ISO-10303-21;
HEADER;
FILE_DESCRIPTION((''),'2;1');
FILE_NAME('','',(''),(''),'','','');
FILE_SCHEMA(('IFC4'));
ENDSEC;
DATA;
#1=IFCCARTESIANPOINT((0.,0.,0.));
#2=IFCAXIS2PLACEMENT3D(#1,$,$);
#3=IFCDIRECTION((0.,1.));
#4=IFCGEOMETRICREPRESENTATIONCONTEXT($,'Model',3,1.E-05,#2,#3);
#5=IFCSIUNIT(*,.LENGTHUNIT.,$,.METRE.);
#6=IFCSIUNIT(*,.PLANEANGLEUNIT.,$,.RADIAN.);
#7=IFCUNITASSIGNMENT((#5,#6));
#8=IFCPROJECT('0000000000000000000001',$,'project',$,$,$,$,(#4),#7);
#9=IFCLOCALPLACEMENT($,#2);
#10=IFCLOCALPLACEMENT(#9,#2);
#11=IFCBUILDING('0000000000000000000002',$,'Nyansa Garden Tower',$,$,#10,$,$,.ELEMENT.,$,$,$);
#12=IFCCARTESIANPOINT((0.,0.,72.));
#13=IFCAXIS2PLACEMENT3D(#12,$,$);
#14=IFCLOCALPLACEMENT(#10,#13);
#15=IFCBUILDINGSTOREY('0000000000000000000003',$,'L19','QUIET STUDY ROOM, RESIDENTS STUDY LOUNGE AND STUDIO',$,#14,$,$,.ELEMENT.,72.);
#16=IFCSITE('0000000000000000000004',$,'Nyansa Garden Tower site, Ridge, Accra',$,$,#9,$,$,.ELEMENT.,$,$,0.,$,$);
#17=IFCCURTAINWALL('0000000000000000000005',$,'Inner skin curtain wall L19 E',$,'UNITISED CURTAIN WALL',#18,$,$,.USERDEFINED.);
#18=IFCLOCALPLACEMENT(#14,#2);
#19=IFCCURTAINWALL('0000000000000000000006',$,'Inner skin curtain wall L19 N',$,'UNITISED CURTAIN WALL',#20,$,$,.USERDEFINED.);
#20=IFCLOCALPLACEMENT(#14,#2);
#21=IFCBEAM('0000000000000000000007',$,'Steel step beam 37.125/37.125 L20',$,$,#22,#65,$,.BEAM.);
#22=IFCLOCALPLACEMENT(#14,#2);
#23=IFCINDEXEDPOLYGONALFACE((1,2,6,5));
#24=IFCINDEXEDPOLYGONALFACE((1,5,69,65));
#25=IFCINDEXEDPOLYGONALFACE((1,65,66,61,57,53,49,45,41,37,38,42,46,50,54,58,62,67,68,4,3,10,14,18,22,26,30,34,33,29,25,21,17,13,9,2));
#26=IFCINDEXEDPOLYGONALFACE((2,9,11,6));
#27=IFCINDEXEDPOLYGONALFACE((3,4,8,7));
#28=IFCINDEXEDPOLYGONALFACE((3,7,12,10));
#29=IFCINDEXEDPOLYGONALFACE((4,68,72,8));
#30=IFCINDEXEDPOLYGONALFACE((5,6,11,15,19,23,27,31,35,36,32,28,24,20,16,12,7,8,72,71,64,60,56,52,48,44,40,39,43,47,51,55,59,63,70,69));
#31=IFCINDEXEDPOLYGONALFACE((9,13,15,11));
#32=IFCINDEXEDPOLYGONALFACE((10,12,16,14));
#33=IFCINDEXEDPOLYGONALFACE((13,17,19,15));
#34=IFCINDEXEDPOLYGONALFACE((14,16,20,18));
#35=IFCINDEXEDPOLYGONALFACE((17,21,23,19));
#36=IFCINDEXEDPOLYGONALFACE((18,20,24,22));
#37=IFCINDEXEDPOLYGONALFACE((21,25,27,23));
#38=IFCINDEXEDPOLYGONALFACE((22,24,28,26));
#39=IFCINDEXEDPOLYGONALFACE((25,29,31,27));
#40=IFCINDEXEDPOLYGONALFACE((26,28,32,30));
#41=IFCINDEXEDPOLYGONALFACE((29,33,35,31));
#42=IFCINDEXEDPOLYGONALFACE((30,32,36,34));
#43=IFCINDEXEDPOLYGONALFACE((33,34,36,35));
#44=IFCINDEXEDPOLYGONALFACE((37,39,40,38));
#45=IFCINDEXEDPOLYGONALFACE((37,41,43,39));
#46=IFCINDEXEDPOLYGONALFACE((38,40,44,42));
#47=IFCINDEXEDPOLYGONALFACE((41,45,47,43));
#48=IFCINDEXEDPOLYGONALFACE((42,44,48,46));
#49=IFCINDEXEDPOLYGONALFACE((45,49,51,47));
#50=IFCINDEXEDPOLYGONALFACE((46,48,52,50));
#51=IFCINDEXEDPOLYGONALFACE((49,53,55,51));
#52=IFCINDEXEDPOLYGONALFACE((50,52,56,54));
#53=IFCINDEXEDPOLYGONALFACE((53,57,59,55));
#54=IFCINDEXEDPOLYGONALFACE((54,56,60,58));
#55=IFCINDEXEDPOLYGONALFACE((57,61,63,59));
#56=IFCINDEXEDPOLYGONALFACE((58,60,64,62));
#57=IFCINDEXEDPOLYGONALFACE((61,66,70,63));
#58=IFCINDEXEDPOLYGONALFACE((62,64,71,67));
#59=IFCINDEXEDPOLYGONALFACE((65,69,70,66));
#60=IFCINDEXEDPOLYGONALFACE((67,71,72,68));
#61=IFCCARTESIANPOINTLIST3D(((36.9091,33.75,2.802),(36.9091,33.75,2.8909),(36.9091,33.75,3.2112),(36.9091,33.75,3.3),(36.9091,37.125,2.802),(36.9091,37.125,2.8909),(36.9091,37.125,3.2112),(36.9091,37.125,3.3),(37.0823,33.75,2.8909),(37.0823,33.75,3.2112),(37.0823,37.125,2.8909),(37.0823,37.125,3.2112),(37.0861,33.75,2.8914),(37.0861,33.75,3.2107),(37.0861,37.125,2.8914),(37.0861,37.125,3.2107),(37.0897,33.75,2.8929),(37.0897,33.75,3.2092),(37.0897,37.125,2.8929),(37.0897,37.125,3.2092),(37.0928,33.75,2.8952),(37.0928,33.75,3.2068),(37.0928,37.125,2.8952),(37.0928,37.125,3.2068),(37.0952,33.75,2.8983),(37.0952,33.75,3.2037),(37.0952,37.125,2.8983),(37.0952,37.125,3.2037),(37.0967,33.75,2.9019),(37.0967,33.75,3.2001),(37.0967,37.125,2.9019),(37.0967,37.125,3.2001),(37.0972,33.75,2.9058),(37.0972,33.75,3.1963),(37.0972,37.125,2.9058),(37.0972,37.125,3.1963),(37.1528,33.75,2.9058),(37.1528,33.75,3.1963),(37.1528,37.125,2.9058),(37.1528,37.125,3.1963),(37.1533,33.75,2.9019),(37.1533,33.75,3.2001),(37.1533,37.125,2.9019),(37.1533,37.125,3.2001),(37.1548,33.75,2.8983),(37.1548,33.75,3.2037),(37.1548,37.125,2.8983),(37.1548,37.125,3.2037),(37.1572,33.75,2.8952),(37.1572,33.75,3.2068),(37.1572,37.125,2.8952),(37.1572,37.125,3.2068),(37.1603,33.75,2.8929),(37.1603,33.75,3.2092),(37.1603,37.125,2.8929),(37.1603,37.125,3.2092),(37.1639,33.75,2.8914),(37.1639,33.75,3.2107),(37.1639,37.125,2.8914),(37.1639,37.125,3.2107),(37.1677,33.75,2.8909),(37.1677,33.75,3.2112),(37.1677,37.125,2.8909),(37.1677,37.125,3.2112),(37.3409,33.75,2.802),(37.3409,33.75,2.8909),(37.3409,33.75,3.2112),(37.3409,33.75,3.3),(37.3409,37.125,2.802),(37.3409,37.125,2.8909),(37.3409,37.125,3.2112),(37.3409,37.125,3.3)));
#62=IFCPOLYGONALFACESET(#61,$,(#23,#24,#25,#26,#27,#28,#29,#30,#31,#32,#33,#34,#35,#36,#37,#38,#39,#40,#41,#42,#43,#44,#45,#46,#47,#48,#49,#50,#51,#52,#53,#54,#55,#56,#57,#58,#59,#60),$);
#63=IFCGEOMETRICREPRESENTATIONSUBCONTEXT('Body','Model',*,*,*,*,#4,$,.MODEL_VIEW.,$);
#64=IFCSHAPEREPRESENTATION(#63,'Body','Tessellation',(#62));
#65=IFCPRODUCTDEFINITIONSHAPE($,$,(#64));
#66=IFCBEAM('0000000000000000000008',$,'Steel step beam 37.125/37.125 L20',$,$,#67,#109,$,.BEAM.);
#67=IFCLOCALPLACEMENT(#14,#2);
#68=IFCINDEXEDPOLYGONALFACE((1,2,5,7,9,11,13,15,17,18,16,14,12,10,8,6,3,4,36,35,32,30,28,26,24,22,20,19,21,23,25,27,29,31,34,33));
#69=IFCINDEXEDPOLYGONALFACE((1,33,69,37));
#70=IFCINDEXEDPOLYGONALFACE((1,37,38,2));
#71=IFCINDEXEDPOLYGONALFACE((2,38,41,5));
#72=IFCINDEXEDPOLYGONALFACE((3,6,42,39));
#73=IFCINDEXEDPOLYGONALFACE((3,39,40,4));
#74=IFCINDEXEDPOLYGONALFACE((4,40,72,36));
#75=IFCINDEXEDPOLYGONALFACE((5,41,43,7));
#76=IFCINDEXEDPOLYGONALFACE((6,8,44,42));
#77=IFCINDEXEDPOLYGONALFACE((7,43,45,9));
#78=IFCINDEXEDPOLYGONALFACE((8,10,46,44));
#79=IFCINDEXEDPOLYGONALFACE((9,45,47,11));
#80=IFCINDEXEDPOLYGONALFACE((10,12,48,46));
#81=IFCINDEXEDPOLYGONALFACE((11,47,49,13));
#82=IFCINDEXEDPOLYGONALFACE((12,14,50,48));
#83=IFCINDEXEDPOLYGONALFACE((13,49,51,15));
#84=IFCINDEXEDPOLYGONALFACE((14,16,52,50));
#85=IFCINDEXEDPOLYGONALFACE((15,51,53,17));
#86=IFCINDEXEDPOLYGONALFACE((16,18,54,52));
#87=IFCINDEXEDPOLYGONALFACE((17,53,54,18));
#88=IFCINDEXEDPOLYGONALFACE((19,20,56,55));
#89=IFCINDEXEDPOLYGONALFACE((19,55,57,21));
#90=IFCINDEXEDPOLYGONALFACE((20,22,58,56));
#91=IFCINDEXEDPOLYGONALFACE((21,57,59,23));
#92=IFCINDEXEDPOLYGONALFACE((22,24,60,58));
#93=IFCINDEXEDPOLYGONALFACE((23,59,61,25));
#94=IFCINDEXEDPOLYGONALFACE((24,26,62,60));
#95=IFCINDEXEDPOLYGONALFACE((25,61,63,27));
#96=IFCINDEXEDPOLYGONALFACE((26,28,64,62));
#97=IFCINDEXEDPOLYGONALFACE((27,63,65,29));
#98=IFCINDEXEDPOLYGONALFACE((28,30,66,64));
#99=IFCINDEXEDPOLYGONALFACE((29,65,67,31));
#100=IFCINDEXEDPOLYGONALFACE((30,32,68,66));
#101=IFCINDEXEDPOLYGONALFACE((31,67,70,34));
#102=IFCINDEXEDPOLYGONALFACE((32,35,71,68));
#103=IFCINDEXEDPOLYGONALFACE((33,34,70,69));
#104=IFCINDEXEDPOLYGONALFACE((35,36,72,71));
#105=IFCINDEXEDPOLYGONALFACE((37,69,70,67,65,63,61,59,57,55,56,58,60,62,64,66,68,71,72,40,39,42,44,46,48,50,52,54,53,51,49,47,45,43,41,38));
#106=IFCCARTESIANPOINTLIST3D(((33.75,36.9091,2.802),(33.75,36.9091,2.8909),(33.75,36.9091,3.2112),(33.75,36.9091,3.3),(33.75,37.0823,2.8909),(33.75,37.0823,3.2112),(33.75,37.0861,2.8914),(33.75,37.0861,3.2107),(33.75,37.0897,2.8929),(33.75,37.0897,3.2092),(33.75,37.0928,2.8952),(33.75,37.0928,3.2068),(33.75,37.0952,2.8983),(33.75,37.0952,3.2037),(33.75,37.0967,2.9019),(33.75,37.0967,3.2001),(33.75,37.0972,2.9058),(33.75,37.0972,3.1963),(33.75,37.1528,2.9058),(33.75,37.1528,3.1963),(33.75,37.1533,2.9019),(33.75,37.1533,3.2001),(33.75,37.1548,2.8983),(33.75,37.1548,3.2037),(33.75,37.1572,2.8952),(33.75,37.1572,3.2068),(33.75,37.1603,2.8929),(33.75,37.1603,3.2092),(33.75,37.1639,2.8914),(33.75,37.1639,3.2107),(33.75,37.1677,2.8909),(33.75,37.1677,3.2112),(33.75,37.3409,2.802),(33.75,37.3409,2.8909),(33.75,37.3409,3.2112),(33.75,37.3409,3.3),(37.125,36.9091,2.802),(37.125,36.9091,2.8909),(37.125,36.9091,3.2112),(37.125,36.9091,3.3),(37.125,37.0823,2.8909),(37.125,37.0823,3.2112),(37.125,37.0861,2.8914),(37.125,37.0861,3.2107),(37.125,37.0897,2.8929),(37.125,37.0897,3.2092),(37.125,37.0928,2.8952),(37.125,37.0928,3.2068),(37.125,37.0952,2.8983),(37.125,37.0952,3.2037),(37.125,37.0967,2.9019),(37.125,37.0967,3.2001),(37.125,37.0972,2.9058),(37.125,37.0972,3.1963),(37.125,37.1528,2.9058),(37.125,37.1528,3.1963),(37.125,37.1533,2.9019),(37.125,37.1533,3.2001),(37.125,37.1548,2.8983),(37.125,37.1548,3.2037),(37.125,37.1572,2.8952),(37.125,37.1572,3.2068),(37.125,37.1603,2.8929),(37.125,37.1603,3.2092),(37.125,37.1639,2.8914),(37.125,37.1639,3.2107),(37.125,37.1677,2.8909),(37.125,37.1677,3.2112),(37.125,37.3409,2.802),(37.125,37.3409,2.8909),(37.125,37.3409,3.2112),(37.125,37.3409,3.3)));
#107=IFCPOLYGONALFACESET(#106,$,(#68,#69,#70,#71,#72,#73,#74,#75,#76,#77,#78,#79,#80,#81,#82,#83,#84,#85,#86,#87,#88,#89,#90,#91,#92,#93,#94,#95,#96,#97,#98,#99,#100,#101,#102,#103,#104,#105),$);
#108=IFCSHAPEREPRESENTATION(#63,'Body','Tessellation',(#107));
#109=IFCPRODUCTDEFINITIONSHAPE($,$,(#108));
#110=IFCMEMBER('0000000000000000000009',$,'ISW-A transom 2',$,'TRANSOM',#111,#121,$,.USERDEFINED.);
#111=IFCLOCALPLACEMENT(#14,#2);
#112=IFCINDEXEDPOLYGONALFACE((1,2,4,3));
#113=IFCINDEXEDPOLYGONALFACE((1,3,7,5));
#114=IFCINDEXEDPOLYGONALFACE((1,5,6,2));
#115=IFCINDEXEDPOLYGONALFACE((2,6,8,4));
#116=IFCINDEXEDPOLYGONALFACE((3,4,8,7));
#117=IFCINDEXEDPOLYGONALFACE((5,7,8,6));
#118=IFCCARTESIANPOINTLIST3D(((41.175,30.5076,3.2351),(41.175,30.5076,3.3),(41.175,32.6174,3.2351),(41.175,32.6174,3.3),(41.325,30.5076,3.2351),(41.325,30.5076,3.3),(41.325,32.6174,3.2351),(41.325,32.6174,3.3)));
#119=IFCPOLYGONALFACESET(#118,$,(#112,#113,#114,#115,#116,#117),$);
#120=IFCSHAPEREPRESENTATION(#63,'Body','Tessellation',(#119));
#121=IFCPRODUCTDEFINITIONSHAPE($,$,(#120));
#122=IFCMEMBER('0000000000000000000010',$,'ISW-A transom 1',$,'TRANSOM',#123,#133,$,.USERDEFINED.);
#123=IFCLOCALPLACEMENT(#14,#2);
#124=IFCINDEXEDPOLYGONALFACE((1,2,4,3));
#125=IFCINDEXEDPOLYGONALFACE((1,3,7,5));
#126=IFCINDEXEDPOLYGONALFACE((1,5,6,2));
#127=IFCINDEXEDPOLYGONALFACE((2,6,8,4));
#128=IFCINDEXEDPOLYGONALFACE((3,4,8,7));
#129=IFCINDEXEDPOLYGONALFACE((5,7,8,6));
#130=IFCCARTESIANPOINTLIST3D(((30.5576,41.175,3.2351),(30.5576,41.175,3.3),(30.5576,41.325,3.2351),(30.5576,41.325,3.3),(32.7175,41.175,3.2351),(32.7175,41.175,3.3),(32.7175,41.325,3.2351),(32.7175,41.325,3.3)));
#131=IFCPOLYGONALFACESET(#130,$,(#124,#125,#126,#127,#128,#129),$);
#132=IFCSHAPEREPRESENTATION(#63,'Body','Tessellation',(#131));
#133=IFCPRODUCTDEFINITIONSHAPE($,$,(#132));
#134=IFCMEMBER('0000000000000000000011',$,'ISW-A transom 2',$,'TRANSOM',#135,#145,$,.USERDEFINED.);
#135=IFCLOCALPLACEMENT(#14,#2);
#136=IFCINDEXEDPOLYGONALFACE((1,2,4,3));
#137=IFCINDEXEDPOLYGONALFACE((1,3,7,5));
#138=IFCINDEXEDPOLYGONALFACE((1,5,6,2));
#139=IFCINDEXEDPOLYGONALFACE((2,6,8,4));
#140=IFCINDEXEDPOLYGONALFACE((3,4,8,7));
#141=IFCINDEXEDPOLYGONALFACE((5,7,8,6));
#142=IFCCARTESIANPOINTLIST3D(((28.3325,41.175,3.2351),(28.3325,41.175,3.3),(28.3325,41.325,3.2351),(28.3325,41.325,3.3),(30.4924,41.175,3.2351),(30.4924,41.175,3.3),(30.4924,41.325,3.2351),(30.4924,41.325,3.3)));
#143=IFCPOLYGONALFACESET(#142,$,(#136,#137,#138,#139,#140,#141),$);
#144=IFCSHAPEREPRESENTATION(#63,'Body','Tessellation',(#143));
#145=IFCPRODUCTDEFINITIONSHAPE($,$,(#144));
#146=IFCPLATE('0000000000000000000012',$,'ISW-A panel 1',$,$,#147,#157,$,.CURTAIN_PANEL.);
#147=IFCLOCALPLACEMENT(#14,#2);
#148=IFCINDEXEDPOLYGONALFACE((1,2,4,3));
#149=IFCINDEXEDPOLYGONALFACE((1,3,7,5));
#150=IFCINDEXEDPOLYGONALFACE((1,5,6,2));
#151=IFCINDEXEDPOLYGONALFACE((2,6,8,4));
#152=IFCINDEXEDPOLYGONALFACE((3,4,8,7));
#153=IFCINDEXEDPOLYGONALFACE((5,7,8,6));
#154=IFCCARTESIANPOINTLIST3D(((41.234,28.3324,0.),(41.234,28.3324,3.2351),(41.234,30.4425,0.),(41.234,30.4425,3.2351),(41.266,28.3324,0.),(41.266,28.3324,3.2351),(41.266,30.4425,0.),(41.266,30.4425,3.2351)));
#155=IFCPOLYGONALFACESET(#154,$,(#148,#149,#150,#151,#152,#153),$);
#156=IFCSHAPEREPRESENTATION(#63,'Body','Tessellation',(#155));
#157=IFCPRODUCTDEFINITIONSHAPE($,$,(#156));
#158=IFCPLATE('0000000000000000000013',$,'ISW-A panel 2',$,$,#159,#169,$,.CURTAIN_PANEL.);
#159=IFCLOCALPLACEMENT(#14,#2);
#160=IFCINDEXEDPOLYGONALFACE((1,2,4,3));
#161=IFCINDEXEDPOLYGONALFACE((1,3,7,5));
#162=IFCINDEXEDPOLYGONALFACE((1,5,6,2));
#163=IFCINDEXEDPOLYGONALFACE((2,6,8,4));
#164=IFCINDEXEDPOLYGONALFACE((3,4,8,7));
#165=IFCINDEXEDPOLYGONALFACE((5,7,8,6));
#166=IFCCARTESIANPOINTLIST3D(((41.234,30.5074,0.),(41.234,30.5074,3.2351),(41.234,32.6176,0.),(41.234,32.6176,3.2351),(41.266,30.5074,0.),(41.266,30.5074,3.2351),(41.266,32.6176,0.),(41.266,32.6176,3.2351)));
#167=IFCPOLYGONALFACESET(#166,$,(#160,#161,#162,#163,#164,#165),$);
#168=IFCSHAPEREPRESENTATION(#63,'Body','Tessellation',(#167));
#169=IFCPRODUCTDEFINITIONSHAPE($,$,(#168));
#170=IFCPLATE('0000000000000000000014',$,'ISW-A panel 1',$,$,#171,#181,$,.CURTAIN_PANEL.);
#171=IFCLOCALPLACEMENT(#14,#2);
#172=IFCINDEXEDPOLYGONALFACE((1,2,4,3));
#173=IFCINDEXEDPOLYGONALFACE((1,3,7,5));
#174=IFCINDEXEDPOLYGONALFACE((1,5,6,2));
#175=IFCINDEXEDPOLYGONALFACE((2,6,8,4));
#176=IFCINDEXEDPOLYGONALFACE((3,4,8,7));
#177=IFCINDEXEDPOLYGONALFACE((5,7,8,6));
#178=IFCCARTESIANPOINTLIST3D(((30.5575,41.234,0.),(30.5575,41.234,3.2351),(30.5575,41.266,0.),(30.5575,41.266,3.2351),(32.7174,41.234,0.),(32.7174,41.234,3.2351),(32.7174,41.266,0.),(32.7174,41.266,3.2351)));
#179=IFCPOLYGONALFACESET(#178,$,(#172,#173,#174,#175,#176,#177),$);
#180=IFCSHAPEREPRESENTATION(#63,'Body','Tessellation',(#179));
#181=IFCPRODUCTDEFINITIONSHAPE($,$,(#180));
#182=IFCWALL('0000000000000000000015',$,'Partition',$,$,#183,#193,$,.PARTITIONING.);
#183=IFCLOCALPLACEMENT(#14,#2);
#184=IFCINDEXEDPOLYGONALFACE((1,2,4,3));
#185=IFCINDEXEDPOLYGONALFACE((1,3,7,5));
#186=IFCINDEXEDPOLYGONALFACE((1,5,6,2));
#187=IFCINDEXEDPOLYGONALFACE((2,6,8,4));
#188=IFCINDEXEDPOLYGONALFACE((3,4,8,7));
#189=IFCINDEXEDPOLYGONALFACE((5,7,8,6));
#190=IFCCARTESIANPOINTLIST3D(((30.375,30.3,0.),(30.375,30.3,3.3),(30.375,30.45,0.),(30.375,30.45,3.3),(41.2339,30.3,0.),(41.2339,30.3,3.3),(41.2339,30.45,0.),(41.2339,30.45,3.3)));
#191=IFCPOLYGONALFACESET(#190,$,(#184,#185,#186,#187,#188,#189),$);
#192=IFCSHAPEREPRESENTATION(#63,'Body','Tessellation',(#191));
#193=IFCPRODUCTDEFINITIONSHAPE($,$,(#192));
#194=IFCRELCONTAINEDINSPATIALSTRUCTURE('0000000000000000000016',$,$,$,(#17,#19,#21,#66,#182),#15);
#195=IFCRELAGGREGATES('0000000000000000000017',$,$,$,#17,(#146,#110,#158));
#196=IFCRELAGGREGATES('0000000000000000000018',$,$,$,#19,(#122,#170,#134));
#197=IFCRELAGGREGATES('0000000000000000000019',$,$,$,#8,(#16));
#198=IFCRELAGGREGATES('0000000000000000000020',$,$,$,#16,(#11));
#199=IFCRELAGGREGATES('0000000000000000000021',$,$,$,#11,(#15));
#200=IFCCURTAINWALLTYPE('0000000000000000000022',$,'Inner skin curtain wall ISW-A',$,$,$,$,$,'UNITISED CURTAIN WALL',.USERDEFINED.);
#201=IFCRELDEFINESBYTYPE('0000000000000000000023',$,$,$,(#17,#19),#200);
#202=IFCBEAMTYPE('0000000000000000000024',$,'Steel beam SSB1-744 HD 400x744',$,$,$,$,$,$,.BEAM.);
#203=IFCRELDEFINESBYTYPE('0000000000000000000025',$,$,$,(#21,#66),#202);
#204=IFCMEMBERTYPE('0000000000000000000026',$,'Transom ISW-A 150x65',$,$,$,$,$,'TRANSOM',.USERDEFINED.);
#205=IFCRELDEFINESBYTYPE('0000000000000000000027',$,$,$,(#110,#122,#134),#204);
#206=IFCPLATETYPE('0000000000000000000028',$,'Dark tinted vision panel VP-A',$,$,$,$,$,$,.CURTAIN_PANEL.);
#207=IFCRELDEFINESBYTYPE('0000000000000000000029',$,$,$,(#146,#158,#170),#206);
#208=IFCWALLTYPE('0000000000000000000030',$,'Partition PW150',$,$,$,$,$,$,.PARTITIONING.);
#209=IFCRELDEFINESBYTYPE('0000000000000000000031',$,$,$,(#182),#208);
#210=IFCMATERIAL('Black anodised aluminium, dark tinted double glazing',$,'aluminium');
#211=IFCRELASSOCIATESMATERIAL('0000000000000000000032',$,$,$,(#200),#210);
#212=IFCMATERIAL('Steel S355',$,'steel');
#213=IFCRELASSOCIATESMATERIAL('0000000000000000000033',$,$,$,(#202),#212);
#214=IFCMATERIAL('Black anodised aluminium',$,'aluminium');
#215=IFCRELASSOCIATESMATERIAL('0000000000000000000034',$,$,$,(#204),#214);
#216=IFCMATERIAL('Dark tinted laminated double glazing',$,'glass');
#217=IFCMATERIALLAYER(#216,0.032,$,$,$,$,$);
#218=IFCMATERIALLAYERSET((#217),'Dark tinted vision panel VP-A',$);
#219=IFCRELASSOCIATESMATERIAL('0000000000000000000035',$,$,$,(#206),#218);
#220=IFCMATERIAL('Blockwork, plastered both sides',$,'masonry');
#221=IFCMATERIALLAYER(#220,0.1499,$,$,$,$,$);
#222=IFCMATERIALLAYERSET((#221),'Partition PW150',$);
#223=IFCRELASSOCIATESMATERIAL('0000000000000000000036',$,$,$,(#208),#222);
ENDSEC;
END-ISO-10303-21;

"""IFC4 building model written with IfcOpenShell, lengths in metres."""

from ifc_helpers import new_model, si_unit, direction, frame, frame_2d, origin, origin_2d, place, context, subcontext, project, spatial, rectangle, i_section, extrude, material, layer, layer_set, material_profile, profile_set, type_object, element, aggregate, save


model = new_model("IFC4")

# Units and contexts
model_context = context("Model", 3, precision=1e-05, world=origin(), true_north=direction((0.0, 1.0)))
body_context = subcontext(model_context, "Body", "Model", "MODEL_VIEW")
ifc_project = project(units=[si_unit("LENGTHUNIT", "METRE"), si_unit("PLANEANGLEUNIT", "RADIAN")], contexts=[model_context])

# Site, building, storey
site_placement = place(None, origin())
site = spatial("IfcSite", under=ifc_project, at=site_placement, Name="Nyansa Garden Tower site, Ridge, Accra", CompositionType="ELEMENT", RefElevation=0.0)
building_placement = place(site_placement, origin())
building = spatial("IfcBuilding", under=site, at=building_placement, Name="Nyansa Garden Tower", CompositionType="ELEMENT")
storey_placement = place(building_placement, frame((0.0, 0.0, 72.0)))
storey = spatial("IfcBuildingStorey", under=building, at=storey_placement, Name="L19", Description="QUIET STUDY ROOM, RESIDENTS STUDY LOUNGE AND STUDIO", CompositionType="ELEMENT", Elevation=72.0)

# Curtain walls
ifc_material_1 = material(Name="Black anodised aluminium, dark tinted double glazing", Category="aluminium")
curtain_wall_type = type_object("IfcCurtainWallType", Name="Inner skin curtain wall ISW-A", ElementType="UNITISED CURTAIN WALL", PredefinedType="USERDEFINED", material=ifc_material_1)
curtain_wall_1_placement = place(storey_placement, origin())
curtain_wall_1 = element("IfcCurtainWall", 1, at=curtain_wall_1_placement, inside=storey, type_object=curtain_wall_type, Name="Inner skin curtain wall L19 E", ObjectType="UNITISED CURTAIN WALL", PredefinedType="USERDEFINED")
curtain_wall_2_placement = place(storey_placement, origin())
curtain_wall_2 = element("IfcCurtainWall", 2, at=curtain_wall_2_placement, inside=storey, type_object=curtain_wall_type, Name="Inner skin curtain wall L19 N", ObjectType="UNITISED CURTAIN WALL", PredefinedType="USERDEFINED")

# Beams
ifc_material_2 = material(Name="Steel S355", Category="steel")
ifc_material_profile_1 = material_profile(ifc_material_2, i_section(OverallWidth=0.4319, OverallDepth=0.498, WebThickness=0.0557, FlangeThickness=0.0889, FilletRadius=0.0149, at=origin_2d()), Name="HD 400x744")
ifc_profile_set_1 = profile_set([ifc_material_profile_1], Name="Steel S355")
beam_type_1 = type_object("IfcBeamType", Name="Steel beam SSB1-744 HD 400x744", PredefinedType="BEAM", material=ifc_profile_set_1)
for number, where, z_axis, x_axis, name in (
    (3, (37.125, 37.125, 3.051), (0.0, -1.0, 0.0), (1.0, 0.0, 0.0), "Steel step beam 37.125/37.125 L20"),
    (4, (37.125, 37.125, 3.051), (-1.0, 0.0, 0.0), (0.0, -1.0, 0.0), "Steel step beam 37.125/37.125 L20"),
):
    element("IfcBeam", number, at=place(storey_placement, frame(where, z_axis=z_axis, x_axis=x_axis)), inside=storey, type_object=beam_type_1, Name=name, PredefinedType="BEAM", context=body_context, shape_type="SweptSolid", body=[
        extrude(i_section(OverallWidth=0.4319, OverallDepth=0.498, WebThickness=0.0557, FlangeThickness=0.0889, FilletRadius=0.0149, at=origin_2d()), origin(), (0.0, 0.0, 1.0), 3.375),
    ])

# Members
ifc_material_3 = material(Name="Black anodised aluminium", Category="aluminium")
ifc_material_profile_2 = material_profile(ifc_material_3, rectangle(XDim=0.1499, YDim=0.0649, at=origin_2d()), Name="Transom 150x65")
ifc_profile_set_2 = profile_set([ifc_material_profile_2], Name="Black anodised aluminium")
member_type_1 = type_object("IfcMemberType", Name="Transom ISW-A 150x65", ElementType="TRANSOM", PredefinedType="USERDEFINED", material=ifc_profile_set_2)
member_1_placement = place(storey_placement, frame((41.25, 30.5076, 3.2676), z_axis=(0.0, 1.0, 0.0), x_axis=(-1.0, 0.0, 0.0)))
member_1 = element("IfcMember", 5, at=member_1_placement, type_object=member_type_1, Name="ISW-A transom 2", ObjectType="TRANSOM", PredefinedType="USERDEFINED", context=body_context, shape_type="SweptSolid", body=[
    extrude(rectangle(XDim=0.1499, YDim=0.0649, at=origin_2d()), origin(), (0.0, 0.0, 1.0), 2.1099),
])
member_2_placement = place(storey_placement, frame((32.7175, 41.25, 3.2676), z_axis=(-1.0, 0.0, 0.0), x_axis=(0.0, -1.0, 0.0)))
member_2 = element("IfcMember", 6, at=member_2_placement, type_object=member_type_1, Name="ISW-A transom 1", ObjectType="TRANSOM", PredefinedType="USERDEFINED", context=body_context, shape_type="SweptSolid", body=[
    extrude(rectangle(XDim=0.1499, YDim=0.0649, at=origin_2d()), origin(), (0.0, 0.0, 1.0), 2.1599),
])
member_3_placement = place(storey_placement, frame((30.4924, 41.25, 3.2676), z_axis=(-1.0, 0.0, 0.0), x_axis=(0.0, -1.0, 0.0)))
member_3 = element("IfcMember", 7, at=member_3_placement, type_object=member_type_1, Name="ISW-A transom 2", ObjectType="TRANSOM", PredefinedType="USERDEFINED", context=body_context, shape_type="SweptSolid", body=[
    extrude(rectangle(XDim=0.1499, YDim=0.0649, at=origin_2d()), origin(), (0.0, 0.0, 1.0), 2.1599),
])

# Plates
ifc_material_4 = material(Name="Dark tinted laminated double glazing", Category="glass")
ifc_layer_1 = layer(ifc_material_4, 0.032)
ifc_layer_set_1 = layer_set([ifc_layer_1], Name="Dark tinted vision panel VP-A")
plate_type = type_object("IfcPlateType", Name="Dark tinted vision panel VP-A", PredefinedType="CURTAIN_PANEL", material=ifc_layer_set_1)
plate_1_placement = place(storey_placement, frame((41.25, 29.3875, 0.0), z_axis=(0.0, 0.0, 1.0), x_axis=(0.0, 1.0, 0.0)))
plate_1 = element("IfcPlate", 8, at=plate_1_placement, type_object=plate_type, Name="ISW-A panel 1", PredefinedType="CURTAIN_PANEL", context=body_context, shape_type="SweptSolid", body=[
    extrude(rectangle(XDim=2.1101, YDim=0.032, at=origin_2d()), origin(), (0.0, 0.0, 1.0), 3.2351),
])
plate_2_placement = place(storey_placement, frame((41.25, 31.5625, 0.0), z_axis=(0.0, 0.0, 1.0), x_axis=(0.0, 1.0, 0.0)))
plate_2 = element("IfcPlate", 9, at=plate_2_placement, type_object=plate_type, Name="ISW-A panel 2", PredefinedType="CURTAIN_PANEL", context=body_context, shape_type="SweptSolid", body=[
    extrude(rectangle(XDim=2.1101, YDim=0.032, at=origin_2d()), origin(), (0.0, 0.0, 1.0), 3.2351),
])
aggregate(curtain_wall_1, [plate_1, member_1, plate_2])
plate_3_placement = place(storey_placement, frame((31.6375, 41.25, 0.0), z_axis=(0.0, 0.0, 1.0), x_axis=(-1.0, 0.0, 0.0)))
plate_3 = element("IfcPlate", 10, at=plate_3_placement, type_object=plate_type, Name="ISW-A panel 1", PredefinedType="CURTAIN_PANEL", context=body_context, shape_type="SweptSolid", body=[
    extrude(rectangle(XDim=2.1599, YDim=0.032, at=origin_2d()), origin(), (0.0, 0.0, 1.0), 3.2351),
])
aggregate(curtain_wall_2, [member_2, plate_3, member_3])

# Wall
ifc_material_5 = material(Name="Blockwork, plastered both sides", Category="masonry")
ifc_layer_2 = layer(ifc_material_5, 0.1499)
ifc_layer_set_2 = layer_set([ifc_layer_2], Name="Partition PW150")
wall_type_1 = type_object("IfcWallType", Name="Partition PW150", PredefinedType="PARTITIONING", material=ifc_layer_set_2)
wall_1_placement = place(storey_placement, frame((30.375, 30.375, 0.0), z_axis=(0.0, 0.0, 1.0), x_axis=(1.0, 0.0, 0.0)))
element("IfcWall", 11, at=wall_1_placement, inside=storey, type_object=wall_type_1, Name="Partition", PredefinedType="PARTITIONING", context=body_context, shape_type="SweptSolid", body=[
    extrude(rectangle(XDim=10.8589, YDim=0.1499, at=frame_2d((5.4294, 0.0))), origin(), (0.0, 0.0, 1.0), 3.3),
])

save(model, "model.ifc")
